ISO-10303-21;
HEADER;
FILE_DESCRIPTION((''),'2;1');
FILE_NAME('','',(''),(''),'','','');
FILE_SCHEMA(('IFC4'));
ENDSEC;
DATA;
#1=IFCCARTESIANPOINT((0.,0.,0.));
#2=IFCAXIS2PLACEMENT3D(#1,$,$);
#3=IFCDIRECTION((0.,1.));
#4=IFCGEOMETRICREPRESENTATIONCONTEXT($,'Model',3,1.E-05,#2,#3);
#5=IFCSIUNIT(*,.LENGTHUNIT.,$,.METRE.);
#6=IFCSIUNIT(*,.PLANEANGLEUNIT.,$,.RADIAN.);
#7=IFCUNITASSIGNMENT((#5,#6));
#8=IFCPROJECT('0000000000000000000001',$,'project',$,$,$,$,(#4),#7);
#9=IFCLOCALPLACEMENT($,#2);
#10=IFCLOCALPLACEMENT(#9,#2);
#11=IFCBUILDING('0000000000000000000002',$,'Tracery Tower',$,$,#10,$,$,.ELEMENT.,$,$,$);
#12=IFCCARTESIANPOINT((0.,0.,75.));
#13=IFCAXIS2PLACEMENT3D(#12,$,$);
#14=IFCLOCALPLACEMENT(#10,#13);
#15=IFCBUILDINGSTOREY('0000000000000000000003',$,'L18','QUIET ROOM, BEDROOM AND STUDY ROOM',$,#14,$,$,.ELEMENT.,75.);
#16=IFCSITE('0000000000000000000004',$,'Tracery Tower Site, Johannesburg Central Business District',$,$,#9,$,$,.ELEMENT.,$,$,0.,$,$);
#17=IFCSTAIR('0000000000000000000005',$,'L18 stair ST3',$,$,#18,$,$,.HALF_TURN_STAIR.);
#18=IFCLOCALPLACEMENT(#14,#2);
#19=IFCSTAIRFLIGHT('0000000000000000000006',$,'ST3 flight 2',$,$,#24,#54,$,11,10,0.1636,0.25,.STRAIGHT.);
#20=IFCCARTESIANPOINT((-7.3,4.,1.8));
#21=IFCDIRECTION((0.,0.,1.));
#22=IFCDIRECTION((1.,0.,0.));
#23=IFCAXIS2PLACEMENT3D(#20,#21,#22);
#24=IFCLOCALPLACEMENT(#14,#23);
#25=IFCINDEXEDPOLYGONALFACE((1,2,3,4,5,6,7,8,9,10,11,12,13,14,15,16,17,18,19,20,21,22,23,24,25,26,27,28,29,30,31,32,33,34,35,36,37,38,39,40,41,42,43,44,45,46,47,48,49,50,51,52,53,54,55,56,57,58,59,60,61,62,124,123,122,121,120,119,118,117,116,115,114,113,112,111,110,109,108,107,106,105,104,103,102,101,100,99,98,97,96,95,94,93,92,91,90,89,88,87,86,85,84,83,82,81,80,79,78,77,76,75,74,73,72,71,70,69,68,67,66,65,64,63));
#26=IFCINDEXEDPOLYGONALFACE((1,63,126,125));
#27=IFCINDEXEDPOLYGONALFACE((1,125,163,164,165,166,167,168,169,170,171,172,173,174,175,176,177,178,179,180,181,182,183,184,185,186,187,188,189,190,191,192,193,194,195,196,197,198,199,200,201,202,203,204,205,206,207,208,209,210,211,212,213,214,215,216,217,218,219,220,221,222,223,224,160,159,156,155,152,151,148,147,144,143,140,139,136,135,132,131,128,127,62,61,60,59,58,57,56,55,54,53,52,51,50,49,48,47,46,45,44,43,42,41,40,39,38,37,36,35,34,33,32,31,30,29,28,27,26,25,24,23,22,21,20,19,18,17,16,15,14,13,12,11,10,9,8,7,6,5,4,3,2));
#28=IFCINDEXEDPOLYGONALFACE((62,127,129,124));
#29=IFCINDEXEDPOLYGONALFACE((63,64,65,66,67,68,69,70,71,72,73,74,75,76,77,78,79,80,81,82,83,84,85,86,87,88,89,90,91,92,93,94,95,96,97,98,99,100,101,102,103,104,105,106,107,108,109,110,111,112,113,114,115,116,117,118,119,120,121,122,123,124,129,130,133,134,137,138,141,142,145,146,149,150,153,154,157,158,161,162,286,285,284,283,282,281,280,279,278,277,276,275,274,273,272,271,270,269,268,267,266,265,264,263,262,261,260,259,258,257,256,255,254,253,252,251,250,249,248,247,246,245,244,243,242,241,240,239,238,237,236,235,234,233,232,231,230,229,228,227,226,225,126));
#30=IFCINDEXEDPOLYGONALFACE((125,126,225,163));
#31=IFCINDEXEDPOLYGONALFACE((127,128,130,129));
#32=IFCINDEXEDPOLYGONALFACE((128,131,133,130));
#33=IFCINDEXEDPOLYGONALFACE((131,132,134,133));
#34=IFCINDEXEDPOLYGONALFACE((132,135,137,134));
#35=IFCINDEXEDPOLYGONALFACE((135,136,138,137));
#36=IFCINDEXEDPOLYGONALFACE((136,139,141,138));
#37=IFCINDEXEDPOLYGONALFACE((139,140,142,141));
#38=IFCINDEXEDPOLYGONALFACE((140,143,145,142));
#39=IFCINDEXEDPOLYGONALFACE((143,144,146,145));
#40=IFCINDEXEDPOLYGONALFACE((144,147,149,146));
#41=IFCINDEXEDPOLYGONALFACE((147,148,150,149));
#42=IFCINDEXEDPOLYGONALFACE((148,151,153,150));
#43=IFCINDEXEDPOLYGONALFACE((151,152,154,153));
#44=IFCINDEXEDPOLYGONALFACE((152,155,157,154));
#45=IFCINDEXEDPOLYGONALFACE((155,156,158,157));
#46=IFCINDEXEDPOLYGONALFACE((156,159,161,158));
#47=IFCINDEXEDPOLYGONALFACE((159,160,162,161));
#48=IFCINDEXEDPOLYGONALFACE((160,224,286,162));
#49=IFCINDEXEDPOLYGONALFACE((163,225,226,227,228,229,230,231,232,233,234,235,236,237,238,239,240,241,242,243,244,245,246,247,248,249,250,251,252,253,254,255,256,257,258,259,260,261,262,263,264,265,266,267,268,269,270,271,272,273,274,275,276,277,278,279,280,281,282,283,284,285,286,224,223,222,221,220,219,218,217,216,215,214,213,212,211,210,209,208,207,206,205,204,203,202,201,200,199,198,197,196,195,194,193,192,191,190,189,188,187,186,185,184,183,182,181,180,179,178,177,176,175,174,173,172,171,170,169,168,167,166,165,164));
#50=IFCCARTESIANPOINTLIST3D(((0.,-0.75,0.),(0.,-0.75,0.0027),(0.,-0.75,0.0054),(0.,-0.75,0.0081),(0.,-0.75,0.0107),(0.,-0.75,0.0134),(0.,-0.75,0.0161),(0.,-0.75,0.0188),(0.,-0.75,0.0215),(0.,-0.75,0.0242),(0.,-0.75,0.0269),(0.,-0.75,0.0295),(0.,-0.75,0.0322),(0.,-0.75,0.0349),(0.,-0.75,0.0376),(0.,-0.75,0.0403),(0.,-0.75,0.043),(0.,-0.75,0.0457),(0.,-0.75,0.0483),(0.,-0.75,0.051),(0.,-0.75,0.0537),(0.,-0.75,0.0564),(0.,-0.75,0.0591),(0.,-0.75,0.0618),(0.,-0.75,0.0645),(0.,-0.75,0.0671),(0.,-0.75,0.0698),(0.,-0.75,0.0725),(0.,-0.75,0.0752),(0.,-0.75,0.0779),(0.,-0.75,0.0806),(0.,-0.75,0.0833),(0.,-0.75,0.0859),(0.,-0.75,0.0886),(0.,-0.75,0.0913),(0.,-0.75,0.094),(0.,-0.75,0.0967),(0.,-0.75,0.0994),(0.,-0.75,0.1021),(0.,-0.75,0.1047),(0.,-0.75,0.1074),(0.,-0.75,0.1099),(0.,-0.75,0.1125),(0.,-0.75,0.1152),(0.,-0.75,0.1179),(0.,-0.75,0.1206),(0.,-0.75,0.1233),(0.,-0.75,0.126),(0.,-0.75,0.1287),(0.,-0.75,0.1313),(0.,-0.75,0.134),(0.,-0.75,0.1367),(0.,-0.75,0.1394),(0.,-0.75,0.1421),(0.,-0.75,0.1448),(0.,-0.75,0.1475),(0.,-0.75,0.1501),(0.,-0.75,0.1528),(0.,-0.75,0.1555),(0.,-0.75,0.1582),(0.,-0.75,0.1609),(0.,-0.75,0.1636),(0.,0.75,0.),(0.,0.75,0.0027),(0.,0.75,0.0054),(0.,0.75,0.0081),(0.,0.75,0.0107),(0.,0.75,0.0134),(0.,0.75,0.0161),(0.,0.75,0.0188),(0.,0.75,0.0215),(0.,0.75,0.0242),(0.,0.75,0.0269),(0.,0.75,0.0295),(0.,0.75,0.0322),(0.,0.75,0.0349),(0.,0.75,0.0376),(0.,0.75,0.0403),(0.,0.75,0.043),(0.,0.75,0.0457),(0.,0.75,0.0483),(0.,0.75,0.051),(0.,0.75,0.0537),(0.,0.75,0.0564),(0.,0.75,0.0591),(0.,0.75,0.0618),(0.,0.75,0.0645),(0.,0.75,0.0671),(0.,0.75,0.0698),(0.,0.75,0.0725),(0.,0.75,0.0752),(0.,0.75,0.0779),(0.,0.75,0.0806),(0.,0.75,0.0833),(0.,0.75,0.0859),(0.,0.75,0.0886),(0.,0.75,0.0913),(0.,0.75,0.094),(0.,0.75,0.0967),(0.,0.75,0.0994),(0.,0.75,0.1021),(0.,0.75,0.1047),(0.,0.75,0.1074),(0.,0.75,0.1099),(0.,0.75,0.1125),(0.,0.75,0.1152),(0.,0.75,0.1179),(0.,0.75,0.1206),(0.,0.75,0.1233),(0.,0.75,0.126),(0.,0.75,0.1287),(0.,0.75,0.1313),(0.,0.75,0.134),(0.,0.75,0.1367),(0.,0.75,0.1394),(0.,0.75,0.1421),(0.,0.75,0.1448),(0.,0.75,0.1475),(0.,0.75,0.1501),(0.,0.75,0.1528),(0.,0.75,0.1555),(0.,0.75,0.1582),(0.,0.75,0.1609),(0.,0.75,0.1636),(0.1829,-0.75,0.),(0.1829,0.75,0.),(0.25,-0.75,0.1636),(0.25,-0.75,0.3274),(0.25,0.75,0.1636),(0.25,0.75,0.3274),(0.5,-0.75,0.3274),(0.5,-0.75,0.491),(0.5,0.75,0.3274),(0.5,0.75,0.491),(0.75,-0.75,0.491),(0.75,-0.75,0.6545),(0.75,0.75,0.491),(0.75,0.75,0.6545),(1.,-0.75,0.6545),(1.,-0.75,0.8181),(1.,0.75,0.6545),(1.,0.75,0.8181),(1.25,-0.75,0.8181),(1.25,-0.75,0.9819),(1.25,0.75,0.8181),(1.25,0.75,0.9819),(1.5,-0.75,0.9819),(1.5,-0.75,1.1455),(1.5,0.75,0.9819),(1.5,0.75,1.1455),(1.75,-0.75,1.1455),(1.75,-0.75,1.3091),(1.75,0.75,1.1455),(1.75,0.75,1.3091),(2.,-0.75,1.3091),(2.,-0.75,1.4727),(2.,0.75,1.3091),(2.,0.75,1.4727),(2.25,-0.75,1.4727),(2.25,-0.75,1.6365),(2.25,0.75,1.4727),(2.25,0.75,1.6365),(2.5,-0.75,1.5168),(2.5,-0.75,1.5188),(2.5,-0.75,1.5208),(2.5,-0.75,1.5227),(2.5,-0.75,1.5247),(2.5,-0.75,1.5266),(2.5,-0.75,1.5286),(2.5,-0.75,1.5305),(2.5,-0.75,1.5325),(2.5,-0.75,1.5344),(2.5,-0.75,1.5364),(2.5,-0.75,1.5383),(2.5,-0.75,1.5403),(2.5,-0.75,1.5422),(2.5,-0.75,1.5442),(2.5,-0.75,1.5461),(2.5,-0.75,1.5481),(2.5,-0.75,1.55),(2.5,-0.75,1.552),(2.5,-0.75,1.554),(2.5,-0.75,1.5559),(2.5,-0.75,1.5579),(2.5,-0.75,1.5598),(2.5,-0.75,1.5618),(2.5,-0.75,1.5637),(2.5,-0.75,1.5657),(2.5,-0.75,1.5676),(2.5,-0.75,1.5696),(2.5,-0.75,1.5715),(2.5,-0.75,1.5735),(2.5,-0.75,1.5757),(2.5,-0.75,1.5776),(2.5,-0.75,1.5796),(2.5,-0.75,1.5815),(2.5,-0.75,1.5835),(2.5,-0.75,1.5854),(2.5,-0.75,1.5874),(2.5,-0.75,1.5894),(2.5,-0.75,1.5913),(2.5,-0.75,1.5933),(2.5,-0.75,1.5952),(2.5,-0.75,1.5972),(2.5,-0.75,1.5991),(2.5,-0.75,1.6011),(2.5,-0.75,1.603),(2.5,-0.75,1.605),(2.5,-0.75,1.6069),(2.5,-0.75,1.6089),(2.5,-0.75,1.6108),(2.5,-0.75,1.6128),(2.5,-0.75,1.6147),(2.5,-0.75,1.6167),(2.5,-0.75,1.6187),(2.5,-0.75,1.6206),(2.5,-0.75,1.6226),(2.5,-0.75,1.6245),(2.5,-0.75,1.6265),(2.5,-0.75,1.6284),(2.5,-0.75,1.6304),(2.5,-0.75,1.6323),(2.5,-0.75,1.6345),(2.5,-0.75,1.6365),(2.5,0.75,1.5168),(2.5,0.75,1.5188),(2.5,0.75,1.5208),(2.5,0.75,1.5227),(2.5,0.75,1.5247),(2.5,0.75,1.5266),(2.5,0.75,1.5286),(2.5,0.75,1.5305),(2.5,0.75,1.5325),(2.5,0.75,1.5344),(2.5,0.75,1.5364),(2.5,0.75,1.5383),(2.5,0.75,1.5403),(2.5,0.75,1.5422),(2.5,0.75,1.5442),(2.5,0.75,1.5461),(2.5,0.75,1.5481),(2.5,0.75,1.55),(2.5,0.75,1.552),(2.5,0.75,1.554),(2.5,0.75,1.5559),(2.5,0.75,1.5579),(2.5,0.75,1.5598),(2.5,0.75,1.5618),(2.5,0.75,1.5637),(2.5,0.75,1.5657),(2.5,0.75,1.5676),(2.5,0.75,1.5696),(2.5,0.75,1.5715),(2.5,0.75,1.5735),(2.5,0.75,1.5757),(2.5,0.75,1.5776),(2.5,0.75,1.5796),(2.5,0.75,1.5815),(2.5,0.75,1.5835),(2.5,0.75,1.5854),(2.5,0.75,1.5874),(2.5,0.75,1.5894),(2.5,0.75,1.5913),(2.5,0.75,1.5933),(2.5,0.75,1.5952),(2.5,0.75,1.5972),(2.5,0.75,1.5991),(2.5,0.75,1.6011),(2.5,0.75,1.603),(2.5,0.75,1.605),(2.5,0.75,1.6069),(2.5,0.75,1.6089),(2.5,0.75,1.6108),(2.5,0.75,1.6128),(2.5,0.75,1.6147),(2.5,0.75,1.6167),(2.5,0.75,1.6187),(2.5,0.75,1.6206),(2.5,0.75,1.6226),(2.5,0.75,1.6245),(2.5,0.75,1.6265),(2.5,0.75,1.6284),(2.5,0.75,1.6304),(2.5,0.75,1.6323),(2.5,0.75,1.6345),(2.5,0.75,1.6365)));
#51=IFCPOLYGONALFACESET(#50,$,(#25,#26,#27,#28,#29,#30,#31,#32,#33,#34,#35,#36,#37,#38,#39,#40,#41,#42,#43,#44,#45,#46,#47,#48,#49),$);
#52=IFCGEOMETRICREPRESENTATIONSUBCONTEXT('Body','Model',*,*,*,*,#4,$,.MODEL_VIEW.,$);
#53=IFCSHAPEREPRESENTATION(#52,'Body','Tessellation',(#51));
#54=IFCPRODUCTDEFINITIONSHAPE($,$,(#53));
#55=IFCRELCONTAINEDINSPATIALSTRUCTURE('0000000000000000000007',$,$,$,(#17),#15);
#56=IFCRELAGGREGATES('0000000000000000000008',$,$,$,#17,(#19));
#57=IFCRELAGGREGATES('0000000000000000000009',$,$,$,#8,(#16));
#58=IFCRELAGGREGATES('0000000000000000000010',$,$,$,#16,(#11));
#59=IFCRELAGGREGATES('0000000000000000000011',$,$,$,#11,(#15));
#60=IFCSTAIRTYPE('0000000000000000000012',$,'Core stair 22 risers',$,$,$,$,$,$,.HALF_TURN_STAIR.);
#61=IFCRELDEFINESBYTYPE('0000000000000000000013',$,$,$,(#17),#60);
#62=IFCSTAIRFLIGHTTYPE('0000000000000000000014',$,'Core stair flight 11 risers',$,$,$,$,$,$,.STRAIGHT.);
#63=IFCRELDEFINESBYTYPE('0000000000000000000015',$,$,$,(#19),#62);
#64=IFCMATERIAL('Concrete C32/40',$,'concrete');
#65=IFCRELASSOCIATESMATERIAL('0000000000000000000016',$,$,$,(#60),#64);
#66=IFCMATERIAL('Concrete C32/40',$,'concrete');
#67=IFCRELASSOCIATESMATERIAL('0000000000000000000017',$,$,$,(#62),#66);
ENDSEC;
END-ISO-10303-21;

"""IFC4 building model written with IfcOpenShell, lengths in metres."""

from ifc_helpers import new_model, si_unit, direction, frame, origin, place, context, subcontext, project, spatial, polyline, outline, extrude, material, type_object, element, aggregate, save


model = new_model("IFC4")

# Units and contexts
model_context = context("Model", 3, precision=1e-05, world=origin(), true_north=direction((0.0, 1.0)))
body_context = subcontext(model_context, "Body", "Model", "MODEL_VIEW")
ifc_project = project(units=[si_unit("LENGTHUNIT", "METRE"), si_unit("PLANEANGLEUNIT", "RADIAN")], contexts=[model_context])

# Site, building, storey
site_placement = place(None, origin())
site = spatial("IfcSite", under=ifc_project, at=site_placement, Name="Tracery Tower Site, Johannesburg Central Business District", CompositionType="ELEMENT", RefElevation=0.0)
building_placement = place(site_placement, origin())
building = spatial("IfcBuilding", under=site, at=building_placement, Name="Tracery Tower", CompositionType="ELEMENT")
storey_placement = place(building_placement, frame((0.0, 0.0, 75.0)))
storey = spatial("IfcBuildingStorey", under=building, at=storey_placement, Name="L18", Description="QUIET ROOM, BEDROOM AND STUDY ROOM", CompositionType="ELEMENT", Elevation=75.0)

# Stair
ifc_material_1 = material(Name="Concrete C32/40", Category="concrete")
stair_type = type_object("IfcStairType", Name="Core stair 22 risers", PredefinedType="HALF_TURN_STAIR", material=ifc_material_1)
stair_1_placement = place(storey_placement, origin())
stair_1 = element("IfcStair", 1, at=stair_1_placement, inside=storey, type_object=stair_type, Name="L18 stair ST3", PredefinedType="HALF_TURN_STAIR")

# Stair flight
ifc_material_2 = material(Name="Concrete C32/40", Category="concrete")
stair_flight_type = type_object("IfcStairFlightType", Name="Core stair flight 11 risers", PredefinedType="STRAIGHT", material=ifc_material_2)
stair_flight_1_placement = place(storey_placement, frame((-7.3, 4.0, 1.8), z_axis=(0.0, 0.0, 1.0), x_axis=(1.0, 0.0, 0.0)))
stair_flight_1 = element("IfcStairFlight", 2, at=stair_flight_1_placement, type_object=stair_flight_type, Name="ST3 flight 2", NumberOfRisers=11, NumberOfTreads=10, PredefinedType="STRAIGHT", RiserHeight=0.1636, TreadLength=0.25, context=body_context, shape_type="SweptSolid", body=[
    extrude(outline(polyline([(0.0, 0.0), (0.0, 0.0027), (0.0, 0.0054), (0.0, 0.0081), (0.0, 0.0107), (0.0, 0.0134), (0.0, 0.0161), (0.0, 0.0188), (0.0, 0.0215), (0.0, 0.0242), (0.0, 0.0269), (0.0, 0.0295), (0.0, 0.0322), (0.0, 0.0349), (0.0, 0.0376), (0.0, 0.0403), (0.0, 0.043), (0.0, 0.0457), (0.0, 0.0483), (0.0, 0.051), (0.0, 0.0537), (0.0, 0.0564), (0.0, 0.0591), (0.0, 0.0618), (0.0, 0.0645), (0.0, 0.0671), (0.0, 0.0698), (0.0, 0.0725), (0.0, 0.0752), (0.0, 0.0779), (0.0, 0.0806), (0.0, 0.0833), (0.0, 0.0859), (0.0, 0.0886), (0.0, 0.0913), (0.0, 0.094), (0.0, 0.0967), (0.0, 0.0994), (0.0, 0.1021), (0.0, 0.1047), (0.0, 0.1074), (0.0, 0.1099), (0.0, 0.1125), (0.0, 0.1152), (0.0, 0.1179), (0.0, 0.1206), (0.0, 0.1233), (0.0, 0.126), (0.0, 0.1287), (0.0, 0.1313), (0.0, 0.134), (0.0, 0.1367), (0.0, 0.1394), (0.0, 0.1421), (0.0, 0.1448), (0.0, 0.1475), (0.0, 0.1501), (0.0, 0.1528), (0.0, 0.1555), (0.0, 0.1582), (0.0, 0.1609), (0.0, 0.1636), (0.25, 0.1636), (0.25, 0.3274), (0.5, 0.3274), (0.5, 0.491), (0.75, 0.491), (0.75, 0.6545), (1.0, 0.6545), (1.0, 0.8181), (1.25, 0.8181), (1.25, 0.9819), (1.5, 0.9819), (1.5, 1.1455), (1.75, 1.1455), (1.75, 1.3091), (2.0, 1.3091), (2.0, 1.4727), (2.25, 1.4727), (2.25, 1.6365), (2.5, 1.6365), (2.5, 1.6345), (2.5, 1.6323), (2.5, 1.6304), (2.5, 1.6284), (2.5, 1.6265), (2.5, 1.6245), (2.5, 1.6226), (2.5, 1.6206), (2.5, 1.6187), (2.5, 1.6167), (2.5, 1.6147), (2.5, 1.6128), (2.5, 1.6108), (2.5, 1.6089), (2.5, 1.6069), (2.5, 1.605), (2.5, 1.603), (2.5, 1.6011), (2.5, 1.5991), (2.5, 1.5972), (2.5, 1.5952), (2.5, 1.5933), (2.5, 1.5913), (2.5, 1.5894), (2.5, 1.5874), (2.5, 1.5854), (2.5, 1.5835), (2.5, 1.5815), (2.5, 1.5796), (2.5, 1.5776), (2.5, 1.5757), (2.5, 1.5735), (2.5, 1.5715), (2.5, 1.5696), (2.5, 1.5676), (2.5, 1.5657), (2.5, 1.5637), (2.5, 1.5618), (2.5, 1.5598), (2.5, 1.5579), (2.5, 1.5559), (2.5, 1.554), (2.5, 1.552), (2.5, 1.55), (2.5, 1.5481), (2.5, 1.5461), (2.5, 1.5442), (2.5, 1.5422), (2.5, 1.5403), (2.5, 1.5383), (2.5, 1.5364), (2.5, 1.5344), (2.5, 1.5325), (2.5, 1.5305), (2.5, 1.5286), (2.5, 1.5266), (2.5, 1.5247), (2.5, 1.5227), (2.5, 1.5208), (2.5, 1.5188), (2.5, 1.5168), (0.1829, 0.0), (0.0, 0.0)])), frame((0.0, 0.75, 0.0), z_axis=(0.0, -1.0, 0.0), x_axis=(1.0, 0.0, 0.0)), (0.0, 0.0, 1.0), 1.5),
])
aggregate(stair_1, [stair_flight_1])

save(model, "model.ifc")
